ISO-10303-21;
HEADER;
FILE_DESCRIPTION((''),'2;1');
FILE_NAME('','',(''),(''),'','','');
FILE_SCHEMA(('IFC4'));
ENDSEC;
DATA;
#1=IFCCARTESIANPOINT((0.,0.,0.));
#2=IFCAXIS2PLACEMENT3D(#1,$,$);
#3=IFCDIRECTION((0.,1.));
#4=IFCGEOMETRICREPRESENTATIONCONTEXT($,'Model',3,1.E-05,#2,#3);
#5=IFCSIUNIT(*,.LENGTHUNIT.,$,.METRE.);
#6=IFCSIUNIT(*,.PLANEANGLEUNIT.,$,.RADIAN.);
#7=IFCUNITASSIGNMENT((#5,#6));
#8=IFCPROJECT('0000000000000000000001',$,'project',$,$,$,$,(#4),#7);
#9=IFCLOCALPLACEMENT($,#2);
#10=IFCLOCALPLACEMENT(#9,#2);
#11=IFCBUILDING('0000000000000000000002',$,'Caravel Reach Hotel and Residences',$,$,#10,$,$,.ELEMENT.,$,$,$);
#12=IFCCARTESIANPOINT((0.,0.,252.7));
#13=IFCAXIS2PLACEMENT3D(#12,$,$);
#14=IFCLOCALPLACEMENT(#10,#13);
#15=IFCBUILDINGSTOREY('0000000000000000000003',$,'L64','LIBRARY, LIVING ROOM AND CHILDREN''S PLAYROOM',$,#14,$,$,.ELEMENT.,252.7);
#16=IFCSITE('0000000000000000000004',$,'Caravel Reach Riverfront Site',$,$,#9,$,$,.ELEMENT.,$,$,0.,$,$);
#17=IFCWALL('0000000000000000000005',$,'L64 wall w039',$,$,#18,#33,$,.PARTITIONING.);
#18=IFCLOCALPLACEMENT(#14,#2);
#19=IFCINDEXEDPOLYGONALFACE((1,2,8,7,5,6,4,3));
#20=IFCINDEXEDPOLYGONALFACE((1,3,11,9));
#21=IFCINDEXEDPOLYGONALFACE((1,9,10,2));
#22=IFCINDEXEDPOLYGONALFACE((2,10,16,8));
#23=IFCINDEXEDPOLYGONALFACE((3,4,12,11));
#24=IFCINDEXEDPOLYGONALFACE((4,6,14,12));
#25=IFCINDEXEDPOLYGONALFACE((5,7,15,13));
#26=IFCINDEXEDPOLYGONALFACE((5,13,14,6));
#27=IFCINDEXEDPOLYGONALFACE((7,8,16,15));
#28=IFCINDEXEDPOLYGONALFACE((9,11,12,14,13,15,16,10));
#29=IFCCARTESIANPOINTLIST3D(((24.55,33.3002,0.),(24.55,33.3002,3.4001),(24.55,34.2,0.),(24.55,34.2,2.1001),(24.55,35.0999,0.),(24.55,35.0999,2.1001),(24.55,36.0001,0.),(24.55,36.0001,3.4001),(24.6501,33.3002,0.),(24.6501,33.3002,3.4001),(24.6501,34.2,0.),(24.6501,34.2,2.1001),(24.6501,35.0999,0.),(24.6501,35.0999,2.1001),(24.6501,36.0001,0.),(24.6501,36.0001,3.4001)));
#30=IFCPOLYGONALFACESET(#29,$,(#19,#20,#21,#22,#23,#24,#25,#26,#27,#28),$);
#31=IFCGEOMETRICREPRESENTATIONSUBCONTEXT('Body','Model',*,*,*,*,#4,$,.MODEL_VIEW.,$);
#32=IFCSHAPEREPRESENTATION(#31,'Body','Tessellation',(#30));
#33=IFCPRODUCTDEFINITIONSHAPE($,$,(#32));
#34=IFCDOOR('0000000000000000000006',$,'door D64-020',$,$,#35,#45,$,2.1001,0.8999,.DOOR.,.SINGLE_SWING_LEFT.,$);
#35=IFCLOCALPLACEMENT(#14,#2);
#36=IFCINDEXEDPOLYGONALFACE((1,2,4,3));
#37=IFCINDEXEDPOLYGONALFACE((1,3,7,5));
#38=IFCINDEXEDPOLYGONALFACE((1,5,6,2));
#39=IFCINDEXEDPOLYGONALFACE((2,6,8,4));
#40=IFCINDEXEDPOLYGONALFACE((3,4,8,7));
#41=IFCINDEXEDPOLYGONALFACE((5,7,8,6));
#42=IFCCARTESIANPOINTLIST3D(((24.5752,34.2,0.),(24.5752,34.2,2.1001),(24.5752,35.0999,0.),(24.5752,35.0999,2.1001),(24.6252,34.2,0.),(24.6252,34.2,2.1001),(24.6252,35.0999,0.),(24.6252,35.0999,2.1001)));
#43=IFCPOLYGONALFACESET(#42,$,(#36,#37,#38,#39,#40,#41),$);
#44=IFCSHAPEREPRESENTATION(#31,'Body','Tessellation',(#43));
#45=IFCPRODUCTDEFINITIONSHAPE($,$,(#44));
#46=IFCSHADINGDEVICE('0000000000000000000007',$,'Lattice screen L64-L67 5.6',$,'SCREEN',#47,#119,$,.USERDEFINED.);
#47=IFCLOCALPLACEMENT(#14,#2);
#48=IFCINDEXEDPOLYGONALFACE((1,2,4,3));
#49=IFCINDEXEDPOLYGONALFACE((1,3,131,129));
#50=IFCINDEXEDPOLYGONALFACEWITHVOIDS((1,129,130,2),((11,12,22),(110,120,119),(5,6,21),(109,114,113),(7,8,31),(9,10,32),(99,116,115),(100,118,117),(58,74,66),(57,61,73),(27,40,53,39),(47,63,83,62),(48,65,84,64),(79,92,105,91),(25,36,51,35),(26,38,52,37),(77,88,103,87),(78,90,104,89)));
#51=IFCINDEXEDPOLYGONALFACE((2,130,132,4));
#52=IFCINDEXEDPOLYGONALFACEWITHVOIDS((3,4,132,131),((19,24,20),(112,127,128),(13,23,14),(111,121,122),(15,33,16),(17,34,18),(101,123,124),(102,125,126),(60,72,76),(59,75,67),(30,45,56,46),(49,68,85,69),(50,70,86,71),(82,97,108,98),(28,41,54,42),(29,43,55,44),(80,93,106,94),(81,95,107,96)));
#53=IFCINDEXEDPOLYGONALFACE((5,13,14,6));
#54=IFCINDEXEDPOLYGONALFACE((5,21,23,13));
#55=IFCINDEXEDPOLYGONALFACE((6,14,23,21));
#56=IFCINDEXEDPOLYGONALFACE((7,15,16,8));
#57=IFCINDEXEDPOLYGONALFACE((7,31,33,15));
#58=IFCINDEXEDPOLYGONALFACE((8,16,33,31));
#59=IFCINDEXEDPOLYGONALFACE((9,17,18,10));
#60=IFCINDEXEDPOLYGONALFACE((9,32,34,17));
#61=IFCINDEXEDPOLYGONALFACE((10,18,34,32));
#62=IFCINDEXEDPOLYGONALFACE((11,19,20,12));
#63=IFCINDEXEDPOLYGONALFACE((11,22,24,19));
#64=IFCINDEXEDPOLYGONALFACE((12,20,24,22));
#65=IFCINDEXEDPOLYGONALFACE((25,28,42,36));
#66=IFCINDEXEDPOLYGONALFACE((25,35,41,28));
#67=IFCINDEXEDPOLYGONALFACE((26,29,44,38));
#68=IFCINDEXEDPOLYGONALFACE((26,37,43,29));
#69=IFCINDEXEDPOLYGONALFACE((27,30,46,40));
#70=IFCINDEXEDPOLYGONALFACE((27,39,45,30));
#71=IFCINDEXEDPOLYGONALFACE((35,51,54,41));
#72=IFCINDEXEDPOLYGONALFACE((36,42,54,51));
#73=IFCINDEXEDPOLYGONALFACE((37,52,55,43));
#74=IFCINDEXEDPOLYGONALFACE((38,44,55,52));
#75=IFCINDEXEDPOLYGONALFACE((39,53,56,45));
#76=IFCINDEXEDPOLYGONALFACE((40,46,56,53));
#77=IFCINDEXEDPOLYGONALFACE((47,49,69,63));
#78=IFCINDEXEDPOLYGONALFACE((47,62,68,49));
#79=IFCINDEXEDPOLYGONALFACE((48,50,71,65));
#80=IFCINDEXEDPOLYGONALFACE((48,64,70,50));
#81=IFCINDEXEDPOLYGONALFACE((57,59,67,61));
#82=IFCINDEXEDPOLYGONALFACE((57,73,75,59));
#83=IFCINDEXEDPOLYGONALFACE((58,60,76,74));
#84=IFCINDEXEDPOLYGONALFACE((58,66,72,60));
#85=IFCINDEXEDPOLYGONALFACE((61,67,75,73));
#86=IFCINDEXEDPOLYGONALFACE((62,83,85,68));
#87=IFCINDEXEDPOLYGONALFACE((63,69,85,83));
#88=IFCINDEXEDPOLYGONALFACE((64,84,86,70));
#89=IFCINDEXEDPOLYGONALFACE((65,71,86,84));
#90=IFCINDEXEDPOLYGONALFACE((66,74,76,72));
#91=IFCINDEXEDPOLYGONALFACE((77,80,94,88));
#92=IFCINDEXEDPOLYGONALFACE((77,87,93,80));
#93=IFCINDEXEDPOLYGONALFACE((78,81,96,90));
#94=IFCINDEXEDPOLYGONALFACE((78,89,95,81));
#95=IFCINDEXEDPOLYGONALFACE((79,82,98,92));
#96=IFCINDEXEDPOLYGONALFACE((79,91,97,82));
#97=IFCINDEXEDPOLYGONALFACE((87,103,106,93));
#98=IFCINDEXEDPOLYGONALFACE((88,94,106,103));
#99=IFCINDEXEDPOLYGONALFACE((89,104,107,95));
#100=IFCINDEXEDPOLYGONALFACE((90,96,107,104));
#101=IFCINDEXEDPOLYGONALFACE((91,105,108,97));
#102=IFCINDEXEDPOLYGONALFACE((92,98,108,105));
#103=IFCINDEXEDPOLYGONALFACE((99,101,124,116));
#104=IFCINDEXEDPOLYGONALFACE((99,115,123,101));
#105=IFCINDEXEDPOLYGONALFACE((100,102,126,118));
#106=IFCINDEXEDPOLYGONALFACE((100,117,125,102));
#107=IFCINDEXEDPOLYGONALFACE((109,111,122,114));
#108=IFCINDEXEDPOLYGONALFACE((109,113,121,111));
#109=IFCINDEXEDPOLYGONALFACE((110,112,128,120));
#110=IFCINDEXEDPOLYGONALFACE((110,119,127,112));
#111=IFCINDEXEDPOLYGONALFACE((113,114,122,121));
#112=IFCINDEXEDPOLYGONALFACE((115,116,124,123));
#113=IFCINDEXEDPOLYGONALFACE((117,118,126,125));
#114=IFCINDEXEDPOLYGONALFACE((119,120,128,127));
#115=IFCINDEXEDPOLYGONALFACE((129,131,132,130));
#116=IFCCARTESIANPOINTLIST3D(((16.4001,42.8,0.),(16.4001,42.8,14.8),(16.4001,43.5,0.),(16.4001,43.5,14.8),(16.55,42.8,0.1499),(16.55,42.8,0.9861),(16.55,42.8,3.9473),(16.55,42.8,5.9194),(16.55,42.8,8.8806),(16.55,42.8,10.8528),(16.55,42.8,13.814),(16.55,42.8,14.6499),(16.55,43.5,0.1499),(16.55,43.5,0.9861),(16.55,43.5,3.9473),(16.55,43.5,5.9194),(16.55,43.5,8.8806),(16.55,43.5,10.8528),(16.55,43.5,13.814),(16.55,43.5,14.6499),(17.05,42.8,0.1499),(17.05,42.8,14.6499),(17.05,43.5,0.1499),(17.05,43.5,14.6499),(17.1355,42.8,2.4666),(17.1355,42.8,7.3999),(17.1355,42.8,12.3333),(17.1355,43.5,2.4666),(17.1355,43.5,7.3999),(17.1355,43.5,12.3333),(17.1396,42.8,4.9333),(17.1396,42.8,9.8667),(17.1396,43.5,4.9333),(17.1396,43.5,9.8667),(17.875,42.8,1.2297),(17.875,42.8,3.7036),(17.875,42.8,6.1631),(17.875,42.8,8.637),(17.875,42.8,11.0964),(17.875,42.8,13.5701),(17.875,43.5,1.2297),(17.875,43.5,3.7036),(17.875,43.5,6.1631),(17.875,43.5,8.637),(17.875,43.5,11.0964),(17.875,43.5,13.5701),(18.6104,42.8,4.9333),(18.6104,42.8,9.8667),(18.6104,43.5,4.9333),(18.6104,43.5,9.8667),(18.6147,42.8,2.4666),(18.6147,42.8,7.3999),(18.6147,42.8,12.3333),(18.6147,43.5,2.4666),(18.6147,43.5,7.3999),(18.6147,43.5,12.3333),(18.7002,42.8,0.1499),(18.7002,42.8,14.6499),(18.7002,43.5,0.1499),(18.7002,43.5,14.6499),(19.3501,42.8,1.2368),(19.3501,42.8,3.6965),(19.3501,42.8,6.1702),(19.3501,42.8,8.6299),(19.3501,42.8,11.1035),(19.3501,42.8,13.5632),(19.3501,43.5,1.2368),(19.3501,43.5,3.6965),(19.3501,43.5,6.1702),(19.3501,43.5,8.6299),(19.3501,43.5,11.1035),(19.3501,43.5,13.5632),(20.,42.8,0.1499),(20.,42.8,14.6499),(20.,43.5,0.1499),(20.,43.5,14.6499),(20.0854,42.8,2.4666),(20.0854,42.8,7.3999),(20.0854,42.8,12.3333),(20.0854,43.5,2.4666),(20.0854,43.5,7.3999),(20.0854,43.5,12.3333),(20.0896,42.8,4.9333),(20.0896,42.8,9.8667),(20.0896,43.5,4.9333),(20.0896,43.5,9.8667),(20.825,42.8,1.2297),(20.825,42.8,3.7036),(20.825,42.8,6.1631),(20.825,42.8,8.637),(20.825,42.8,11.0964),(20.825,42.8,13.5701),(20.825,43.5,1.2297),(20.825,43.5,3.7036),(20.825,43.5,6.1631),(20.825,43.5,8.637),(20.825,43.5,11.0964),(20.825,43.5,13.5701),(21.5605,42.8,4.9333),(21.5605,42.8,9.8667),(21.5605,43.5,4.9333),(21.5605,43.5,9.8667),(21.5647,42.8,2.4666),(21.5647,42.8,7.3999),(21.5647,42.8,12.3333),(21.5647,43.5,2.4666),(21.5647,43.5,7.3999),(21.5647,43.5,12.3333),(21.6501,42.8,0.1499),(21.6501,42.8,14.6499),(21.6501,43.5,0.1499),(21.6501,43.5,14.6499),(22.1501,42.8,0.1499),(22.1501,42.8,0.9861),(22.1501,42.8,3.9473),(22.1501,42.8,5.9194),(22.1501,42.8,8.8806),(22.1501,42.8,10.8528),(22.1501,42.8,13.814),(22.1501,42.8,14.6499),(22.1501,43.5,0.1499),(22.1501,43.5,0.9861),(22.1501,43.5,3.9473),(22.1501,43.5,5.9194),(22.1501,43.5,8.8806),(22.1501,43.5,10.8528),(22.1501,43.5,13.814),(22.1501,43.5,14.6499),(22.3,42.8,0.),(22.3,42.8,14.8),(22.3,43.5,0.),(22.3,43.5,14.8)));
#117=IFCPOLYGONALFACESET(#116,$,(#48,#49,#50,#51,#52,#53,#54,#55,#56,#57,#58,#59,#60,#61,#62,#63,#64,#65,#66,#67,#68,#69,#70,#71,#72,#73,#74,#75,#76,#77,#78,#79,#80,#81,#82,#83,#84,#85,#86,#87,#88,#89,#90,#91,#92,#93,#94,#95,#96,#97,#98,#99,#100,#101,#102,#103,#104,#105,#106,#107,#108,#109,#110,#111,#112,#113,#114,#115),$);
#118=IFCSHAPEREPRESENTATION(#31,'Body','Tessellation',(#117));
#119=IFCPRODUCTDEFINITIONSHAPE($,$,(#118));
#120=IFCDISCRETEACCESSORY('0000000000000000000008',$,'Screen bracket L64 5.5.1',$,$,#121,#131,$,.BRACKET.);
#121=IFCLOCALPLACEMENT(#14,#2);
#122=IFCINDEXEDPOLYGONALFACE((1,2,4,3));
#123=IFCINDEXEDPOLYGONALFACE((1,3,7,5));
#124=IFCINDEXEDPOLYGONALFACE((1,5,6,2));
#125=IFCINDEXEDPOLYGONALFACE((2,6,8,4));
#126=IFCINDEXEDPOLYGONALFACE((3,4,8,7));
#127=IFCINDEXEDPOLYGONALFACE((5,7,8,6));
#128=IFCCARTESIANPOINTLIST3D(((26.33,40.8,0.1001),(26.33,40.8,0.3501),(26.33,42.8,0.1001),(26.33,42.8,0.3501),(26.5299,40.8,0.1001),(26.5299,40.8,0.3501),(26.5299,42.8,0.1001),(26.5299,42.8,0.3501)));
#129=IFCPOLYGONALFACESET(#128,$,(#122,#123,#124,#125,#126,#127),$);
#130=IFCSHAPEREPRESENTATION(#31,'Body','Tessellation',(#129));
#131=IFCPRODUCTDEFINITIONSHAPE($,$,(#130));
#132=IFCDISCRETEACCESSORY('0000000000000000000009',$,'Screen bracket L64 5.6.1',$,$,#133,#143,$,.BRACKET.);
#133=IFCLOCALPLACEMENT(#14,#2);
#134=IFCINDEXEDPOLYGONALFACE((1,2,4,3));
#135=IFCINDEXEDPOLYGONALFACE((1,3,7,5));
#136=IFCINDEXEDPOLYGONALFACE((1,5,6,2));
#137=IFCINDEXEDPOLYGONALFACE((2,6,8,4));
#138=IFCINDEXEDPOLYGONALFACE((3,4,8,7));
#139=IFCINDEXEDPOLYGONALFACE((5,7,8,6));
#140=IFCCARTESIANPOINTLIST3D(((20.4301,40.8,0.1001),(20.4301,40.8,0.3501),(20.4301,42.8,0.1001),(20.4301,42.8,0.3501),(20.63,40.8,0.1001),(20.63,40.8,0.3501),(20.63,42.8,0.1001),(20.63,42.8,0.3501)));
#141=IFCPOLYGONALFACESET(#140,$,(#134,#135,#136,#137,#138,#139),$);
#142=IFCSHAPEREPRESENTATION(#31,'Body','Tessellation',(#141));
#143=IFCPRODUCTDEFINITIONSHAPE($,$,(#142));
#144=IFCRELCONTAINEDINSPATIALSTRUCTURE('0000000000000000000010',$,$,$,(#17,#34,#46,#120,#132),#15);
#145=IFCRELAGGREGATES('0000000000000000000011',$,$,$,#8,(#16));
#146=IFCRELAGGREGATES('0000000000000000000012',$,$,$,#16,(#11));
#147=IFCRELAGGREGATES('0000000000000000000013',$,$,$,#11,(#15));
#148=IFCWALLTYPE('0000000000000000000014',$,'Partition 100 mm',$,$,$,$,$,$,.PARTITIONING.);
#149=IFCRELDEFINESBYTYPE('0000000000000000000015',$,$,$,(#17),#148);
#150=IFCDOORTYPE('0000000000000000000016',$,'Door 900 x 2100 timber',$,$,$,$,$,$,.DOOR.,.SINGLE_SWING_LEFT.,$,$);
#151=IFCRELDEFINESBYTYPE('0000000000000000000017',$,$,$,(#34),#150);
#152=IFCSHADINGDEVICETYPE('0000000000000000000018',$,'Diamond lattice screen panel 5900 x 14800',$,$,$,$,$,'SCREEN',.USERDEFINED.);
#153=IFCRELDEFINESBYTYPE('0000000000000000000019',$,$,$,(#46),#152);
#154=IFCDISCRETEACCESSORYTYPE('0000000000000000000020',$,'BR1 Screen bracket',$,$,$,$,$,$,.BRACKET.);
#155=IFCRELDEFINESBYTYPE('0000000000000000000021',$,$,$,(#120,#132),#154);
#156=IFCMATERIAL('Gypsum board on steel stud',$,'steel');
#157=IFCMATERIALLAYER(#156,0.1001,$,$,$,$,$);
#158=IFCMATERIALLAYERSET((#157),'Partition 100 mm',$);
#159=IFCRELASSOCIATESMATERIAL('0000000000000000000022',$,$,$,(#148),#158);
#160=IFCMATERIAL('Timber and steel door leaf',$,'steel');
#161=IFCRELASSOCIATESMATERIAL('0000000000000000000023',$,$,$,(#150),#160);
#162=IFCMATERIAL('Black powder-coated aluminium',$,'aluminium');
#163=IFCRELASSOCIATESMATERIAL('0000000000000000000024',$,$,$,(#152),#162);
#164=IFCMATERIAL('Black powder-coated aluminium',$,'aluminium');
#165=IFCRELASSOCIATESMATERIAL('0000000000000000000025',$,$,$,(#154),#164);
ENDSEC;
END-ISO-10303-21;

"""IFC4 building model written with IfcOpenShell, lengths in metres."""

from ifc_helpers import new_model, si_unit, direction, frame, frame_2d, origin, origin_2d, place, context, subcontext, project, spatial, polyline, rectangle, outline, extrude, material, layer, layer_set, type_object, element, fill, save


model = new_model("IFC4")

# Units and contexts
model_context = context("Model", 3, precision=1e-05, world=origin(), true_north=direction((0.0, 1.0)))
body_context = subcontext(model_context, "Body", "Model", "MODEL_VIEW")
ifc_project = project(units=[si_unit("LENGTHUNIT", "METRE"), si_unit("PLANEANGLEUNIT", "RADIAN")], contexts=[model_context])

# Site, building, storey
site_placement = place(None, origin())
site = spatial("IfcSite", under=ifc_project, at=site_placement, Name="Caravel Reach Riverfront Site", CompositionType="ELEMENT", RefElevation=0.0)
building_placement = place(site_placement, origin())
building = spatial("IfcBuilding", under=site, at=building_placement, Name="Caravel Reach Hotel and Residences", CompositionType="ELEMENT")
storey_placement = place(building_placement, frame((0.0, 0.0, 252.7)))
storey = spatial("IfcBuildingStorey", under=building, at=storey_placement, Name="L64", Description="LIBRARY, LIVING ROOM AND CHILDREN'S PLAYROOM", CompositionType="ELEMENT", Elevation=252.7)

# Shared definitions
ifc_material_1 = material(Name="Gypsum board on steel stud", Category="steel")
ifc_layer_1 = layer(ifc_material_1, 0.1001)
ifc_layer_set_1 = layer_set([ifc_layer_1], Name="Partition 100 mm")
wall_type_1 = type_object("IfcWallType", Name="Partition 100 mm", PredefinedType="PARTITIONING", material=ifc_layer_set_1)

# Wall, opening, door
ifc_material_2 = material(Name="Timber and steel door leaf", Category="steel")
door_type_1 = type_object("IfcDoorType", Name="Door 900 x 2100 timber", OperationType="SINGLE_SWING_LEFT", PredefinedType="DOOR", material=ifc_material_2)
wall_1_placement = place(storey_placement, frame((24.6001, 33.3, 0.0), z_axis=(0.0, 0.0, 1.0), x_axis=(0.0, 1.0, 0.0)))
wall_1 = element("IfcWall", 1, at=wall_1_placement, inside=storey, type_object=wall_type_1, Name="L64 wall w039", PredefinedType="PARTITIONING", context=body_context, shape_type="SweptSolid", body=[
    extrude(rectangle(XDim=2.7, YDim=0.1001, at=frame_2d((1.3501, 0.0))), origin(), (0.0, 0.0, 1.0), 3.4001),
])
opening_1_placement = place(wall_1_placement, frame((0.8999, 0.0, 0.0)))
opening_1 = element("IfcOpeningElement", 2, at=opening_1_placement, cuts=wall_1, PredefinedType="OPENING", context=body_context, shape_type="SweptSolid", body=[
    extrude(rectangle(XDim=0.8999, YDim=2.1001, at=frame_2d((0.45, 1.05))), frame((0.0, 0.0601, 0.0), z_axis=(0.0, -1.0, 0.0), x_axis=(1.0, 0.0, 0.0)), (0.0, 0.0, 1.0), 0.1201),
])
door_1_placement = place(opening_1_placement, origin())
door_1 = element("IfcDoor", 3, at=door_1_placement, inside=storey, type_object=door_type_1, Name="door D64-020", OperationType="SINGLE_SWING_LEFT", OverallHeight=2.1001, OverallWidth=0.8999, PredefinedType="DOOR", context=body_context, shape_type="SweptSolid", body=[
    extrude(rectangle(XDim=0.8999, YDim=2.1001, at=frame_2d((0.45, 1.05))), frame((0.0, 0.0249, 0.0), z_axis=(0.0, -1.0, 0.0), x_axis=(1.0, 0.0, 0.0)), (0.0, 0.0, 1.0), 0.05),
])
fill(opening_1, door_1)

# Shading device
ifc_material_3 = material(Name="Black powder-coated aluminium", Category="aluminium")
shading_device_type = type_object("IfcShadingDeviceType", Name="Diamond lattice screen panel 5900 x 14800", ElementType="SCREEN", PredefinedType="USERDEFINED", material=ifc_material_3)
shading_device_placement = place(storey_placement, frame((22.3, 42.8, 0.0), z_axis=(0.0, 1.0, 0.0), x_axis=(-1.0, 0.0, 0.0)))
element("IfcShadingDevice", 4, at=shading_device_placement, inside=storey, type_object=shading_device_type, Name="Lattice screen L64-L67 5.6", ObjectType="SCREEN", PredefinedType="USERDEFINED", context=body_context, shape_type="SweptSolid", body=[
    extrude(outline(polyline([(0.0, 0.0), (5.8999, 0.0), (5.8999, 14.8), (0.0, 14.8), (0.0, 0.0)]), holes=[polyline([(0.6499, 0.1499), (0.1499, 0.9861), (0.1499, 0.1499), (0.6499, 0.1499)]), polyline([(0.7395, 4.9333), (0.1499, 5.9194), (0.1499, 3.9473), (0.7395, 4.9333)]), polyline([(0.7395, 9.8667), (0.1499, 10.8528), (0.1499, 8.8806), (0.7395, 9.8667)]), polyline([(0.1499, 13.814), (0.6499, 14.6499), (0.1499, 14.6499), (0.1499, 13.814)]), polyline([(1.4751, 3.7036), (0.7354, 2.4666), (1.4751, 1.2297), (2.2146, 2.4666), (1.4751, 3.7036)]), polyline([(1.4751, 8.637), (0.7354, 7.3999), (1.4751, 6.1631), (2.2146, 7.3999), (1.4751, 8.637)]), polyline([(1.4751, 13.5701), (0.7354, 12.3333), (1.4751, 11.0964), (2.2146, 12.3333), (1.4751, 13.5701)]), polyline([(2.95, 1.2368), (2.3, 0.1499), (3.5999, 0.1499), (2.95, 1.2368)]), polyline([(2.95, 6.1702), (2.2104, 4.9333), (2.95, 3.6965), (3.6897, 4.9333), (2.95, 6.1702)]), polyline([(2.95, 11.1035), (2.2104, 9.8667), (2.95, 8.6299), (3.6897, 9.8667), (2.95, 11.1035)]), polyline([(2.95, 13.5632), (3.5999, 14.6499), (2.3, 14.6499), (2.95, 13.5632)]), polyline([(4.425, 3.7036), (3.6853, 2.4666), (4.425, 1.2297), (5.1646, 2.4666), (4.425, 3.7036)]), polyline([(4.425, 8.637), (3.6853, 7.3999), (4.425, 6.1631), (5.1646, 7.3999), (4.425, 8.637)]), polyline([(4.425, 13.5701), (3.6853, 12.3333), (4.425, 11.0964), (5.1646, 12.3333), (4.425, 13.5701)]), polyline([(5.75, 0.9861), (5.25, 0.1499), (5.75, 0.1499), (5.75, 0.9861)]), polyline([(5.1604, 4.9333), (5.75, 3.9473), (5.75, 5.9194), (5.1604, 4.9333)]), polyline([(5.1604, 9.8667), (5.75, 8.8806), (5.75, 10.8528), (5.1604, 9.8667)]), polyline([(5.25, 14.6499), (5.75, 13.814), (5.75, 14.6499), (5.25, 14.6499)])]), origin(), (0.0, 0.0, 1.0), 0.7),
])

# Discrete accessories
ifc_material_4 = material(Name="Black powder-coated aluminium", Category="aluminium")
discrete_accessory_type = type_object("IfcDiscreteAccessoryType", Name="BR1 Screen bracket", PredefinedType="BRACKET", material=ifc_material_4)
for number, where, z_axis, x_axis, name in (
    (5, (26.4299, 41.8, 0.1001), (0.0, 0.0, 1.0), (0.0, 1.0, 0.0), "Screen bracket L64 5.5.1"),
    (6, (20.53, 41.8, 0.1001), (0.0, 0.0, 1.0), (0.0, 1.0, 0.0), "Screen bracket L64 5.6.1"),
):
    element("IfcDiscreteAccessory", number, at=place(storey_placement, frame(where, z_axis=z_axis, x_axis=x_axis)), inside=storey, type_object=discrete_accessory_type, Name=name, PredefinedType="BRACKET", context=body_context, shape_type="SweptSolid", body=[
        extrude(rectangle(XDim=2.0, YDim=0.2, at=origin_2d()), origin(), (0.0, 0.0, 1.0), 0.25),
    ])

save(model, "model.ifc")
